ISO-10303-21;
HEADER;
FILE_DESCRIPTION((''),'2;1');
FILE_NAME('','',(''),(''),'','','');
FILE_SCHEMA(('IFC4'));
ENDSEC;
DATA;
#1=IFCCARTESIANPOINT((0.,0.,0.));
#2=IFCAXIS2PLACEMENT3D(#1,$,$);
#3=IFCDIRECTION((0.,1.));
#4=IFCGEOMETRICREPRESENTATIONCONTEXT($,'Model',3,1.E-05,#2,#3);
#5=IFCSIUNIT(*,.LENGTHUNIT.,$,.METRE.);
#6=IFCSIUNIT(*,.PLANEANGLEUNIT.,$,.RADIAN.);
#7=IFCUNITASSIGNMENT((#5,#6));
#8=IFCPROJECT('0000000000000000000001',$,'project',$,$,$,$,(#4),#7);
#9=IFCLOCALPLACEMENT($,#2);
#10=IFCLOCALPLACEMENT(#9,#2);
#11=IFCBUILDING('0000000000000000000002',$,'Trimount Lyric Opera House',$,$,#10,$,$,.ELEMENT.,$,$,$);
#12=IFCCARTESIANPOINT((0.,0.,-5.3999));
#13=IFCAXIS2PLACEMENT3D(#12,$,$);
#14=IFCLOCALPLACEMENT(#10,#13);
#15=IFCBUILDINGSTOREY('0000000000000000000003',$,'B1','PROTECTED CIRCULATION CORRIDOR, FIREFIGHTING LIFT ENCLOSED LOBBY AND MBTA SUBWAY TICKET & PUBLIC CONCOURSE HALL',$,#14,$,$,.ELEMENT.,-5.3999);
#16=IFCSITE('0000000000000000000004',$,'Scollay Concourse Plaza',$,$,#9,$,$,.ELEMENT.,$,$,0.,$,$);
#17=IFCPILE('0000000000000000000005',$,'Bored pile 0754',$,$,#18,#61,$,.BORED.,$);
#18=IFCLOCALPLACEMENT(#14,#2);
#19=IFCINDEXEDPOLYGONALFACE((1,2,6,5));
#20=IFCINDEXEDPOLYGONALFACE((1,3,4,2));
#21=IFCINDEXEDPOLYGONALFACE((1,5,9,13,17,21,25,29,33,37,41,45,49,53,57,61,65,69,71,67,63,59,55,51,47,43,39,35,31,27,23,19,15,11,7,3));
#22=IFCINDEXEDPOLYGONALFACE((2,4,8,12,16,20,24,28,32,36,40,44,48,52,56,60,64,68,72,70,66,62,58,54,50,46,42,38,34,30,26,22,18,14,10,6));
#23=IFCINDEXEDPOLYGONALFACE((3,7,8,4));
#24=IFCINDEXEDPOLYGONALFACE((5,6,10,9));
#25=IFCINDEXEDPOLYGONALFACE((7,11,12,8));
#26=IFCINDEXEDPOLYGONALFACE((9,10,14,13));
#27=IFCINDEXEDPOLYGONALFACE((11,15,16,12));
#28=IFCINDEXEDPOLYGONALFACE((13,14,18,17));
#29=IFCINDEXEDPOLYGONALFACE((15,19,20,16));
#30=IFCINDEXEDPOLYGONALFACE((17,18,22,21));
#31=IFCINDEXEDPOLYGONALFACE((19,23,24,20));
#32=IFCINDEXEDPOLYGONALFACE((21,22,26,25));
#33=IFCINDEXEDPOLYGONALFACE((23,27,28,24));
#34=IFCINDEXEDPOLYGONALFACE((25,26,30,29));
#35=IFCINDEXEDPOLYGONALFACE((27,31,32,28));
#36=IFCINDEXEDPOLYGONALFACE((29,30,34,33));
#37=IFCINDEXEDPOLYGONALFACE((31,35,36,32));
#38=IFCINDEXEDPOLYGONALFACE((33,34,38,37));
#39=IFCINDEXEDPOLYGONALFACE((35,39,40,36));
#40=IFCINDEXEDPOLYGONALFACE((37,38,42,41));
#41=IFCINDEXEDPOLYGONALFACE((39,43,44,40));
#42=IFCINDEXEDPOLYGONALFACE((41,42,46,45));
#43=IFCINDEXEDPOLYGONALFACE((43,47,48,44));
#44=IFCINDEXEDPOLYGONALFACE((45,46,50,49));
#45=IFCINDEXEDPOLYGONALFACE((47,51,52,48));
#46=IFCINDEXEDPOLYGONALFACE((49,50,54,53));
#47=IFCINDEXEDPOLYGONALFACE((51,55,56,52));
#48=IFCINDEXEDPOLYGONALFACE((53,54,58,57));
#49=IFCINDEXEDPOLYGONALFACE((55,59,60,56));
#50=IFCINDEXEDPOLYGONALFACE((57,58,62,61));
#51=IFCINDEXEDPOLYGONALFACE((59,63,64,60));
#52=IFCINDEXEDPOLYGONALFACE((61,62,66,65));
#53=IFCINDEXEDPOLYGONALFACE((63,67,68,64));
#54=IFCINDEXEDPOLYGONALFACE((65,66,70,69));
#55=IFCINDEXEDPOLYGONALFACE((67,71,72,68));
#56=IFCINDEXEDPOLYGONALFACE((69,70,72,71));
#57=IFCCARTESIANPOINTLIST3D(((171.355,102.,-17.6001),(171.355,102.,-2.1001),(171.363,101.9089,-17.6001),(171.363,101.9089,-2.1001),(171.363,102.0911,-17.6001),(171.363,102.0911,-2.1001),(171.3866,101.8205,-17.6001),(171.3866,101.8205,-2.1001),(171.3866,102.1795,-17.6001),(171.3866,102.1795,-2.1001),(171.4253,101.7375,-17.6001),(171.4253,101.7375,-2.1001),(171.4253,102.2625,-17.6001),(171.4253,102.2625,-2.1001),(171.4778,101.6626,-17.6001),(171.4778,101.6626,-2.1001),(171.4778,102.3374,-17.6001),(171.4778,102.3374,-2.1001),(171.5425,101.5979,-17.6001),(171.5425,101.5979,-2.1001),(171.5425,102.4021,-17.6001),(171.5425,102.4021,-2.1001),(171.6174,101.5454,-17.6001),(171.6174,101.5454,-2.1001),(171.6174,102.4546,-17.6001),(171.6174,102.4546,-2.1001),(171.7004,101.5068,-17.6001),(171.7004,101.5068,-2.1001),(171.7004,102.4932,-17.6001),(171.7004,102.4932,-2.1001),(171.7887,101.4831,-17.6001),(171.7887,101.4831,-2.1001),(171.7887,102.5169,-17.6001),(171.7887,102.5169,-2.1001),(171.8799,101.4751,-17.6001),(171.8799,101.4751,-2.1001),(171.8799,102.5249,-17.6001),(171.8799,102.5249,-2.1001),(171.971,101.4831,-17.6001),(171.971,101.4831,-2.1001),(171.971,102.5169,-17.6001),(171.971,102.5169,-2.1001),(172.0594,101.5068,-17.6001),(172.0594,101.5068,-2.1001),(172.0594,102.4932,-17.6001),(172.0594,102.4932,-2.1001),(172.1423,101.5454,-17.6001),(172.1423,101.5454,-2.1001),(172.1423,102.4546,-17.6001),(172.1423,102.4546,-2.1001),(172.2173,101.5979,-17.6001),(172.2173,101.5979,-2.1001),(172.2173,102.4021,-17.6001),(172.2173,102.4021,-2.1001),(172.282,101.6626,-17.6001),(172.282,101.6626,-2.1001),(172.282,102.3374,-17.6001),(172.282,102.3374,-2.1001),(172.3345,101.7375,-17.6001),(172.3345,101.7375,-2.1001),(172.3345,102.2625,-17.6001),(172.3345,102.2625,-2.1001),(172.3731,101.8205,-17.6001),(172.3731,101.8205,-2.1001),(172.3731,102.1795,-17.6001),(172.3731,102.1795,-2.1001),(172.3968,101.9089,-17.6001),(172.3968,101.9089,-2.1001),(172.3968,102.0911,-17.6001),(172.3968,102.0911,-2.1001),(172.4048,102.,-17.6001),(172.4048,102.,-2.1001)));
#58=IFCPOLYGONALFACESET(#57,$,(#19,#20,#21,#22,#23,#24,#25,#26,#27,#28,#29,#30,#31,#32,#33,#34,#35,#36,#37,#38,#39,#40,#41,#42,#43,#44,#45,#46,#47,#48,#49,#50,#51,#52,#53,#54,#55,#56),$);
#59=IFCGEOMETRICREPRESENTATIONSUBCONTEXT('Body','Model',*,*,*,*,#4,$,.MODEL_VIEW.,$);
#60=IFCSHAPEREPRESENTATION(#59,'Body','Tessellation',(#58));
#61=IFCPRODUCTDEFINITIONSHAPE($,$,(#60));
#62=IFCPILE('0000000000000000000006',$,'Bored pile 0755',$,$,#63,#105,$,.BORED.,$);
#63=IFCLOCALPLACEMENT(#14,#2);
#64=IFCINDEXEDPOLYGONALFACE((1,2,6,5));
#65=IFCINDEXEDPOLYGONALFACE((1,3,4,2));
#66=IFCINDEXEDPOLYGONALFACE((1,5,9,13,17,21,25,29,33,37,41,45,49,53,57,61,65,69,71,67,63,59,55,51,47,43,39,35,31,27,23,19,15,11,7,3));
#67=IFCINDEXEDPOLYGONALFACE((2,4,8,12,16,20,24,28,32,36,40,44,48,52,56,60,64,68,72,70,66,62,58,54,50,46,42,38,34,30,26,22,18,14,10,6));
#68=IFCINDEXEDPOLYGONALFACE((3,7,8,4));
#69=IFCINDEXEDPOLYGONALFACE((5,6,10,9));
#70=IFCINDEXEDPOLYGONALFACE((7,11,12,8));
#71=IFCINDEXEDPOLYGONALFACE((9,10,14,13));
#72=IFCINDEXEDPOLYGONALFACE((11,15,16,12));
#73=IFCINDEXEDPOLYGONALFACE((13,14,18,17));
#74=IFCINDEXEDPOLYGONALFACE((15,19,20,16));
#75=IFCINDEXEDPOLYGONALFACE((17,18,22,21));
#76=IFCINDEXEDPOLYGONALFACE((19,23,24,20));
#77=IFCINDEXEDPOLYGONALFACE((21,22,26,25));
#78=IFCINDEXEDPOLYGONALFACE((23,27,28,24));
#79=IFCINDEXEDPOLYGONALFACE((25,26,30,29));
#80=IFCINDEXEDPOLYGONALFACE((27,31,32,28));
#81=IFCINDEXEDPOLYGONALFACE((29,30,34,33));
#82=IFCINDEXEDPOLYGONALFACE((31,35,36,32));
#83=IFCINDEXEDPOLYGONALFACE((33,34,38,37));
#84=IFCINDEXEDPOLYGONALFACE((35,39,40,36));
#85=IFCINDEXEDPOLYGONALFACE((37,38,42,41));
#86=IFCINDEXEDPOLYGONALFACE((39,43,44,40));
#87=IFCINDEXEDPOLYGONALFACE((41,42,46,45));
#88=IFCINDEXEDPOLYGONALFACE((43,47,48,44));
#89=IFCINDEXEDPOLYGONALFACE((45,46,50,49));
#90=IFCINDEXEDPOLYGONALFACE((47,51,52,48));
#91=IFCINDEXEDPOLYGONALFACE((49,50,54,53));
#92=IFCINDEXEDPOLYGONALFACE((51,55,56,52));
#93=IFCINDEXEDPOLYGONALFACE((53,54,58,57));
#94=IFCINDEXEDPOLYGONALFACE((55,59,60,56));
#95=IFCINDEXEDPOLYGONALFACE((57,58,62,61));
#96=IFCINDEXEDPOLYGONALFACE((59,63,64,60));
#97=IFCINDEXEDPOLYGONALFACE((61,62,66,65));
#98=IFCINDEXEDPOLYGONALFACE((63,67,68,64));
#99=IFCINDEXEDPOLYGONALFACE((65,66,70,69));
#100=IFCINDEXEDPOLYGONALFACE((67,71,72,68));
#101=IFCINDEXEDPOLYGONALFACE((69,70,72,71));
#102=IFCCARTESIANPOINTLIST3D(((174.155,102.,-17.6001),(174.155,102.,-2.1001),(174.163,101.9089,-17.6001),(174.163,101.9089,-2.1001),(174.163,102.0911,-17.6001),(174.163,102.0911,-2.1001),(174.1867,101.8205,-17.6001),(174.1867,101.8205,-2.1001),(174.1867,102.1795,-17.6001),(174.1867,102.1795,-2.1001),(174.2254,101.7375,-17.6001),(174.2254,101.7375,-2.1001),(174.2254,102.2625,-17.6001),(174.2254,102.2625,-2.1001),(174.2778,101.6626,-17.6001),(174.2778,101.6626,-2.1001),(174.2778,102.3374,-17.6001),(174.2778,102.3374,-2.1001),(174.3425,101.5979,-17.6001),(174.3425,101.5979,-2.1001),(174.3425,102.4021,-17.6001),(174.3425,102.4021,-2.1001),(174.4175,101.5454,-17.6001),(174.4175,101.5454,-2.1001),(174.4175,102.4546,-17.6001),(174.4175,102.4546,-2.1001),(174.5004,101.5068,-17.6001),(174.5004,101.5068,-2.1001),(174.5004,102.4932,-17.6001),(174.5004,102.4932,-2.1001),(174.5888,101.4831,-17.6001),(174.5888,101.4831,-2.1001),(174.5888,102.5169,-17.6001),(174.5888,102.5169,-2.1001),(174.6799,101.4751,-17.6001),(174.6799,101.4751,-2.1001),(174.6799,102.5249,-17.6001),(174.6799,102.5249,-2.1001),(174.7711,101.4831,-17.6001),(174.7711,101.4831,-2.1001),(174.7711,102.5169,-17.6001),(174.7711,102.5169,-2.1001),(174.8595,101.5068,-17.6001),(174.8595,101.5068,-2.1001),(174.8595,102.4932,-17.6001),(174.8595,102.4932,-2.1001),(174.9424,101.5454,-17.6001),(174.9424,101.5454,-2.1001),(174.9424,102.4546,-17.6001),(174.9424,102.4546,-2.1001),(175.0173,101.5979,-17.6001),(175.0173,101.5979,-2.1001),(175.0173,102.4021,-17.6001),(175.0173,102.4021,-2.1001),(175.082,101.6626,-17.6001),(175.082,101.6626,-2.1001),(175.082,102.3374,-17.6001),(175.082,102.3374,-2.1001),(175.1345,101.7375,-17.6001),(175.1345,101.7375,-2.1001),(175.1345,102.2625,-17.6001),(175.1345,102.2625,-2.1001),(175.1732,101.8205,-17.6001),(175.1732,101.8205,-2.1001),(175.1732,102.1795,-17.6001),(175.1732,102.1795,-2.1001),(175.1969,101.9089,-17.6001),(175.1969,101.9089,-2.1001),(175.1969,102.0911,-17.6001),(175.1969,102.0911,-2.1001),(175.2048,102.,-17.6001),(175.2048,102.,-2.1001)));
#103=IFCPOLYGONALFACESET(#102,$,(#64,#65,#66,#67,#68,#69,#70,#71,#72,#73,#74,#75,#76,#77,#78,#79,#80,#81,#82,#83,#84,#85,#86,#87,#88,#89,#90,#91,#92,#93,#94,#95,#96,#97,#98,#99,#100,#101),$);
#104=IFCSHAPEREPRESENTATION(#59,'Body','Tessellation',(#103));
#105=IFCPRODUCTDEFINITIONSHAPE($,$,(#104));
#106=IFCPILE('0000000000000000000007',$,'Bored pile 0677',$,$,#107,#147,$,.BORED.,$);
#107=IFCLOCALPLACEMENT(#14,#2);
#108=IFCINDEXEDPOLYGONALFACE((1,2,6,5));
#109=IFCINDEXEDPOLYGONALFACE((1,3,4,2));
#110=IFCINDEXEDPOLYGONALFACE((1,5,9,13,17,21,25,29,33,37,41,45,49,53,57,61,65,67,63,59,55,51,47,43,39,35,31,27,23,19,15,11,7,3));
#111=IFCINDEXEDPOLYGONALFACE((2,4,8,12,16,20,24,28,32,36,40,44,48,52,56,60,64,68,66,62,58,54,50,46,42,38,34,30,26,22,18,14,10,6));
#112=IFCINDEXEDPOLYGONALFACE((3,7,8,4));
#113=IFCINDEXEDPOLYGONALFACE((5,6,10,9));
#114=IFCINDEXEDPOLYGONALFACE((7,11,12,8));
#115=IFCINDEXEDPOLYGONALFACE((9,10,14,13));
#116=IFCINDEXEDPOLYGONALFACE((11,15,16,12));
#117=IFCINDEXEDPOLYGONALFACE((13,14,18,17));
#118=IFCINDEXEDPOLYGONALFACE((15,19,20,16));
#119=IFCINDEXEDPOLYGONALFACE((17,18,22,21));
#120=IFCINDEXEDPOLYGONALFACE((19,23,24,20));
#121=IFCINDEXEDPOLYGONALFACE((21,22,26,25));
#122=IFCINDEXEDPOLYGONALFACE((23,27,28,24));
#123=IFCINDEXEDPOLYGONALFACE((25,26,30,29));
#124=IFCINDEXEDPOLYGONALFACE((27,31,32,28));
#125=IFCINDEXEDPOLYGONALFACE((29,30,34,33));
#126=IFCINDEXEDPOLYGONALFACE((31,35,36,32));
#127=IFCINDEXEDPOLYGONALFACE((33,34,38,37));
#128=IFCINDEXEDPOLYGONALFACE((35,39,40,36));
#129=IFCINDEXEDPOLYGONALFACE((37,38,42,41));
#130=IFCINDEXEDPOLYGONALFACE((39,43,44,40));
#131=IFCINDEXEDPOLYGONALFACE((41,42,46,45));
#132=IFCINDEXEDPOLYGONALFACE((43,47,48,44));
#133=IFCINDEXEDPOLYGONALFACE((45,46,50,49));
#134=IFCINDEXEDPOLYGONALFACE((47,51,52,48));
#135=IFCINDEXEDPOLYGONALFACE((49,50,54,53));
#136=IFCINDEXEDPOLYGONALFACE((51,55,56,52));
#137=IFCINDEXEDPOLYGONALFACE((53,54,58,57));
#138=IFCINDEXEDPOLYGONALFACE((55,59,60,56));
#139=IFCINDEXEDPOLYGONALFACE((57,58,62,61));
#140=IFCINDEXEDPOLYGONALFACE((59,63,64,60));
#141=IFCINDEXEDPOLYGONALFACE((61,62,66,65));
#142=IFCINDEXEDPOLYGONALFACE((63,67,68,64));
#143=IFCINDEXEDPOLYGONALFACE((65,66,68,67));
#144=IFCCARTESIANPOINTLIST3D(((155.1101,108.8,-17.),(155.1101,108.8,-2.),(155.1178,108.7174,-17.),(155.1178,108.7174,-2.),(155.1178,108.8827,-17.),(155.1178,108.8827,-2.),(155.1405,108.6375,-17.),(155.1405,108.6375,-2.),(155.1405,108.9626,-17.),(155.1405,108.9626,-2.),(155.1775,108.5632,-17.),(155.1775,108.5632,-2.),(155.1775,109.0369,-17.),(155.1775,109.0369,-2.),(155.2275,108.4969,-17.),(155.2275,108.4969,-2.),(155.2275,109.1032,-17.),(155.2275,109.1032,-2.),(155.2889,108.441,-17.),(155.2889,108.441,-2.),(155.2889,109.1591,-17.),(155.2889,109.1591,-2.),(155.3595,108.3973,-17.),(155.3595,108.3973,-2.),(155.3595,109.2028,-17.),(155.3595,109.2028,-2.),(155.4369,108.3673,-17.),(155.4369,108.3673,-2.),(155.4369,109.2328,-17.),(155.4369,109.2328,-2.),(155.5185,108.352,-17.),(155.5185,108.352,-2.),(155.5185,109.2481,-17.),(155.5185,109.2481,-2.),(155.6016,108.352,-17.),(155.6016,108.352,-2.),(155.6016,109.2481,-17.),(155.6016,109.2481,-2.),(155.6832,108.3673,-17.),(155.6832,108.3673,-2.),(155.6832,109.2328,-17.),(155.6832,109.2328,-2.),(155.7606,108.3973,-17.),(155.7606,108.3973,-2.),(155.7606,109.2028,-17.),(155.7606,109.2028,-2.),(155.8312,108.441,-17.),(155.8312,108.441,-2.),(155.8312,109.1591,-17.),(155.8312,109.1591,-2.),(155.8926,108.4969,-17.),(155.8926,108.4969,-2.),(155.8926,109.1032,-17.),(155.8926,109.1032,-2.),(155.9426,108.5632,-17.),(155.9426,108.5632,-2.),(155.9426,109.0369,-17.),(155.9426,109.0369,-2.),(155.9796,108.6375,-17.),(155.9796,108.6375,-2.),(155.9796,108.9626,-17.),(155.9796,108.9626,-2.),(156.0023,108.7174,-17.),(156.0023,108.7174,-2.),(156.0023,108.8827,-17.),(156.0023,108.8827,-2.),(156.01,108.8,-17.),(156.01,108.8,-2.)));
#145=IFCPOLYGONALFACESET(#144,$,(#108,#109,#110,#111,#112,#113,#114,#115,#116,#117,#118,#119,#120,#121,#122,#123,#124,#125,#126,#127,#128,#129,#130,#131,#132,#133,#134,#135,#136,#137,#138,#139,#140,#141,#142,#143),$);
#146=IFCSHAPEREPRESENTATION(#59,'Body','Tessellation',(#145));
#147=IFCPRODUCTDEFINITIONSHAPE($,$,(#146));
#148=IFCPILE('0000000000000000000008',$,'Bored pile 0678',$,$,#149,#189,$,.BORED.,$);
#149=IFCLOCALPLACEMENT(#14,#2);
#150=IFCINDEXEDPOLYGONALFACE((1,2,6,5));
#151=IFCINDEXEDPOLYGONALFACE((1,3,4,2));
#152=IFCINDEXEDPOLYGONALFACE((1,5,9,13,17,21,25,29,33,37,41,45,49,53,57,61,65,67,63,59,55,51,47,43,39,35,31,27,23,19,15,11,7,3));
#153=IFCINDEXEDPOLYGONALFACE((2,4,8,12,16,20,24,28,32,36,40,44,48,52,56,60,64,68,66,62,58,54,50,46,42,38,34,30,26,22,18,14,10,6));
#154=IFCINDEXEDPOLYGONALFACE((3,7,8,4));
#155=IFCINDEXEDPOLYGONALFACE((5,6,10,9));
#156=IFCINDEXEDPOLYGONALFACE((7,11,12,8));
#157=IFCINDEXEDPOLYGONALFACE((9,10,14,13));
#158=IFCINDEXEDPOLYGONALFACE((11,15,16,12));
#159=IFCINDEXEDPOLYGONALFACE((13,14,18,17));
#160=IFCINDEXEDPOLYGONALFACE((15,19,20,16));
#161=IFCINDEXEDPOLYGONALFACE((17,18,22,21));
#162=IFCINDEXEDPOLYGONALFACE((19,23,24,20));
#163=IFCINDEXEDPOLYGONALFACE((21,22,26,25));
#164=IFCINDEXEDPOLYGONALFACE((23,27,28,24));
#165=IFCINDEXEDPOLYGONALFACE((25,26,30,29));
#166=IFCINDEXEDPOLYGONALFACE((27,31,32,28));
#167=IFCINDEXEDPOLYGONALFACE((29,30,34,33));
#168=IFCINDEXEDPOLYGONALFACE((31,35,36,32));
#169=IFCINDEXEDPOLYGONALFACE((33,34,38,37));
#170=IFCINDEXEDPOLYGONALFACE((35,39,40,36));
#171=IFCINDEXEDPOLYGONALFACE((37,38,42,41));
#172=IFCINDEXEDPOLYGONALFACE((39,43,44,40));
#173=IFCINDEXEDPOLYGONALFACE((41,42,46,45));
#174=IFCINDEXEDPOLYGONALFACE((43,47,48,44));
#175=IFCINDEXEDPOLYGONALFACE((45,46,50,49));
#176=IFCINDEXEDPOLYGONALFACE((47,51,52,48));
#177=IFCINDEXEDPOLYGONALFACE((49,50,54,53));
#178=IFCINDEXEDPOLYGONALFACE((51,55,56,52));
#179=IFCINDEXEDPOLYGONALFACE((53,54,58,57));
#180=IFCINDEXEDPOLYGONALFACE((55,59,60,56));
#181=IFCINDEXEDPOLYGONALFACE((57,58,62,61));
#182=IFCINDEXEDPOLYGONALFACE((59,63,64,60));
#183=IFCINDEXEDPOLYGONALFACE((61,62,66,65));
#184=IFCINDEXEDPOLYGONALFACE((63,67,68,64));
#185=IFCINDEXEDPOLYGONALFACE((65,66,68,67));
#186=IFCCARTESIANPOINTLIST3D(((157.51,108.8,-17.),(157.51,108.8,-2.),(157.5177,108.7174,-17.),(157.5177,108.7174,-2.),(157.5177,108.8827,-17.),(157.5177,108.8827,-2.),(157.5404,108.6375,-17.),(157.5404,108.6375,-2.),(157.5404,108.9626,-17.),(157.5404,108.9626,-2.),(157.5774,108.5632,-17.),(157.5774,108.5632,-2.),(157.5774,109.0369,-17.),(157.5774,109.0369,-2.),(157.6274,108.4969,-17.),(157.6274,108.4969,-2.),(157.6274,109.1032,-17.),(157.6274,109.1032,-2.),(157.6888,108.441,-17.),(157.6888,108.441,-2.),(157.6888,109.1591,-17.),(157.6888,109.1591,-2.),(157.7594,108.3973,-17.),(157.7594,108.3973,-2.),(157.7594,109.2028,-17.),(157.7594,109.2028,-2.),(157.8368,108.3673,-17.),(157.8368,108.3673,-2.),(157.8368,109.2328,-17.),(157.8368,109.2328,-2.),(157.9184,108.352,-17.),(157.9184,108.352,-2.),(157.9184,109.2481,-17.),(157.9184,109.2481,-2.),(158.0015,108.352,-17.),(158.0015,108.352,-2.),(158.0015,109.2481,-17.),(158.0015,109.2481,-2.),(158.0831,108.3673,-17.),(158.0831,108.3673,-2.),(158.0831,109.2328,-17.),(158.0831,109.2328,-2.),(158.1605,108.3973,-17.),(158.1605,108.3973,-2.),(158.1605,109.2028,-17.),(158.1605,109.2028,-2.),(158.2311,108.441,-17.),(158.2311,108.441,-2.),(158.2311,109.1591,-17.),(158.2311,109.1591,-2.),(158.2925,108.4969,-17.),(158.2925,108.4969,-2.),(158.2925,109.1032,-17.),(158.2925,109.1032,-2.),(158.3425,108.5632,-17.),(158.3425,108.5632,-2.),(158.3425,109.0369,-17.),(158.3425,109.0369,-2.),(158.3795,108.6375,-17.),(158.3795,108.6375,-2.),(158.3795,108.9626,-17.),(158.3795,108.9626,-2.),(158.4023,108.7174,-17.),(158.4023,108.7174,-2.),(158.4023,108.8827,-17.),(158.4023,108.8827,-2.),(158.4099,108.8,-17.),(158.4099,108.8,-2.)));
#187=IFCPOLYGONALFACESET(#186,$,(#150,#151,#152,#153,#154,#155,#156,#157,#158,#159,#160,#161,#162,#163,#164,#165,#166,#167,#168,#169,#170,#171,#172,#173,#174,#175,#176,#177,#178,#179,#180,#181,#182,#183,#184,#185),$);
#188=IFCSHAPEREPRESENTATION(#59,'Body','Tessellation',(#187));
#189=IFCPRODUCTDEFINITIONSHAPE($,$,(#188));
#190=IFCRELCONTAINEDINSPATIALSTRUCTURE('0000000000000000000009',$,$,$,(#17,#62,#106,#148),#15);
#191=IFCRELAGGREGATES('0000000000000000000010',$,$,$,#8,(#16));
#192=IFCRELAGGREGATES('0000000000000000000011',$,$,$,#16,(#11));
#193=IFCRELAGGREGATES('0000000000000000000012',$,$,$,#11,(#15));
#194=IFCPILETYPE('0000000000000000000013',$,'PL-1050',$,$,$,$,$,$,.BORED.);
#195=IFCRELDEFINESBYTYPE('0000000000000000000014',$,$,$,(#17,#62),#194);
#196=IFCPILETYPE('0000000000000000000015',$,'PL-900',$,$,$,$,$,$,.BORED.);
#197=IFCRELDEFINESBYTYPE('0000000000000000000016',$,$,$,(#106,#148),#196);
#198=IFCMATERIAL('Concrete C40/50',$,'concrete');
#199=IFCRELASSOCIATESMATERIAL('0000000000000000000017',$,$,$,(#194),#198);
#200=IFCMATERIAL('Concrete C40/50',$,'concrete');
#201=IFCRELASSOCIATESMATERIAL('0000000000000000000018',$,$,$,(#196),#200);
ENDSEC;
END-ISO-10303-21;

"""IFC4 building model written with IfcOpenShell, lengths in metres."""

from ifc_helpers import new_model, si_unit, direction, frame, origin, origin_2d, place, context, subcontext, project, spatial, circle, extrude, material, material_profile, profile_set, type_object, element, save


model = new_model("IFC4")

# Units and contexts
model_context = context("Model", 3, precision=1e-05, world=origin(), true_north=direction((0.0, 1.0)))
body_context = subcontext(model_context, "Body", "Model", "MODEL_VIEW")
ifc_project = project(units=[si_unit("LENGTHUNIT", "METRE"), si_unit("PLANEANGLEUNIT", "RADIAN")], contexts=[model_context])

# Site, building, storey
site_placement = place(None, origin())
site = spatial("IfcSite", under=ifc_project, at=site_placement, Name="Scollay Concourse Plaza", CompositionType="ELEMENT", RefElevation=0.0)
building_placement = place(site_placement, origin())
building = spatial("IfcBuilding", under=site, at=building_placement, Name="Trimount Lyric Opera House", CompositionType="ELEMENT")
storey_placement = place(building_placement, frame((0.0, 0.0, -5.3999)))
storey = spatial("IfcBuildingStorey", under=building, at=storey_placement, Name="B1", Description="PROTECTED CIRCULATION CORRIDOR, FIREFIGHTING LIFT ENCLOSED LOBBY AND MBTA SUBWAY TICKET & PUBLIC CONCOURSE HALL", CompositionType="ELEMENT", Elevation=-5.3999)

# Piles
ifc_material_1 = material(Name="Concrete C40/50", Category="concrete")
ifc_material_profile_1 = material_profile(ifc_material_1, circle(Radius=0.5249, at=origin_2d()), Name="PILE-D1050")
ifc_profile_set_1 = profile_set([ifc_material_profile_1], Name="Concrete C40/50")
pile_type_1 = type_object("IfcPileType", Name="PL-1050", PredefinedType="BORED", material=ifc_profile_set_1)
for number, where, z_axis, x_axis, name in (
    (1, (171.8799, 102.0, -2.1001), (0.0, 0.0, -1.0), (1.0, 0.0, 0.0), "Bored pile 0754"),
    (2, (174.6799, 102.0, -2.1001), (0.0, 0.0, -1.0), (1.0, 0.0, 0.0), "Bored pile 0755"),
):
    element("IfcPile", number, at=place(storey_placement, frame(where, z_axis=z_axis, x_axis=x_axis)), inside=storey, type_object=pile_type_1, Name=name, PredefinedType="BORED", context=body_context, shape_type="SweptSolid", body=[
        extrude(circle(Radius=0.5249, at=origin_2d()), origin(), (0.0, 0.0, 1.0), 15.5),
    ])
ifc_material_2 = material(Name="Concrete C40/50", Category="concrete")
ifc_material_profile_2 = material_profile(ifc_material_2, circle(Radius=0.45, at=origin_2d()), Name="PILE-D900")
ifc_profile_set_2 = profile_set([ifc_material_profile_2], Name="Concrete C40/50")
pile_type_2 = type_object("IfcPileType", Name="PL-900", PredefinedType="BORED", material=ifc_profile_set_2)
for number, where, z_axis, x_axis, name in (
    (3, (155.5601, 108.8, -2.0), (0.0, 0.0, -1.0), (1.0, 0.0, 0.0), "Bored pile 0677"),
    (4, (157.96, 108.8, -2.0), (0.0, 0.0, -1.0), (1.0, 0.0, 0.0), "Bored pile 0678"),
):
    element("IfcPile", number, at=place(storey_placement, frame(where, z_axis=z_axis, x_axis=x_axis)), inside=storey, type_object=pile_type_2, Name=name, PredefinedType="BORED", context=body_context, shape_type="SweptSolid", body=[
        extrude(circle(Radius=0.45, at=origin_2d()), origin(), (0.0, 0.0, 1.0), 15.0),
    ])

save(model, "model.ifc")
